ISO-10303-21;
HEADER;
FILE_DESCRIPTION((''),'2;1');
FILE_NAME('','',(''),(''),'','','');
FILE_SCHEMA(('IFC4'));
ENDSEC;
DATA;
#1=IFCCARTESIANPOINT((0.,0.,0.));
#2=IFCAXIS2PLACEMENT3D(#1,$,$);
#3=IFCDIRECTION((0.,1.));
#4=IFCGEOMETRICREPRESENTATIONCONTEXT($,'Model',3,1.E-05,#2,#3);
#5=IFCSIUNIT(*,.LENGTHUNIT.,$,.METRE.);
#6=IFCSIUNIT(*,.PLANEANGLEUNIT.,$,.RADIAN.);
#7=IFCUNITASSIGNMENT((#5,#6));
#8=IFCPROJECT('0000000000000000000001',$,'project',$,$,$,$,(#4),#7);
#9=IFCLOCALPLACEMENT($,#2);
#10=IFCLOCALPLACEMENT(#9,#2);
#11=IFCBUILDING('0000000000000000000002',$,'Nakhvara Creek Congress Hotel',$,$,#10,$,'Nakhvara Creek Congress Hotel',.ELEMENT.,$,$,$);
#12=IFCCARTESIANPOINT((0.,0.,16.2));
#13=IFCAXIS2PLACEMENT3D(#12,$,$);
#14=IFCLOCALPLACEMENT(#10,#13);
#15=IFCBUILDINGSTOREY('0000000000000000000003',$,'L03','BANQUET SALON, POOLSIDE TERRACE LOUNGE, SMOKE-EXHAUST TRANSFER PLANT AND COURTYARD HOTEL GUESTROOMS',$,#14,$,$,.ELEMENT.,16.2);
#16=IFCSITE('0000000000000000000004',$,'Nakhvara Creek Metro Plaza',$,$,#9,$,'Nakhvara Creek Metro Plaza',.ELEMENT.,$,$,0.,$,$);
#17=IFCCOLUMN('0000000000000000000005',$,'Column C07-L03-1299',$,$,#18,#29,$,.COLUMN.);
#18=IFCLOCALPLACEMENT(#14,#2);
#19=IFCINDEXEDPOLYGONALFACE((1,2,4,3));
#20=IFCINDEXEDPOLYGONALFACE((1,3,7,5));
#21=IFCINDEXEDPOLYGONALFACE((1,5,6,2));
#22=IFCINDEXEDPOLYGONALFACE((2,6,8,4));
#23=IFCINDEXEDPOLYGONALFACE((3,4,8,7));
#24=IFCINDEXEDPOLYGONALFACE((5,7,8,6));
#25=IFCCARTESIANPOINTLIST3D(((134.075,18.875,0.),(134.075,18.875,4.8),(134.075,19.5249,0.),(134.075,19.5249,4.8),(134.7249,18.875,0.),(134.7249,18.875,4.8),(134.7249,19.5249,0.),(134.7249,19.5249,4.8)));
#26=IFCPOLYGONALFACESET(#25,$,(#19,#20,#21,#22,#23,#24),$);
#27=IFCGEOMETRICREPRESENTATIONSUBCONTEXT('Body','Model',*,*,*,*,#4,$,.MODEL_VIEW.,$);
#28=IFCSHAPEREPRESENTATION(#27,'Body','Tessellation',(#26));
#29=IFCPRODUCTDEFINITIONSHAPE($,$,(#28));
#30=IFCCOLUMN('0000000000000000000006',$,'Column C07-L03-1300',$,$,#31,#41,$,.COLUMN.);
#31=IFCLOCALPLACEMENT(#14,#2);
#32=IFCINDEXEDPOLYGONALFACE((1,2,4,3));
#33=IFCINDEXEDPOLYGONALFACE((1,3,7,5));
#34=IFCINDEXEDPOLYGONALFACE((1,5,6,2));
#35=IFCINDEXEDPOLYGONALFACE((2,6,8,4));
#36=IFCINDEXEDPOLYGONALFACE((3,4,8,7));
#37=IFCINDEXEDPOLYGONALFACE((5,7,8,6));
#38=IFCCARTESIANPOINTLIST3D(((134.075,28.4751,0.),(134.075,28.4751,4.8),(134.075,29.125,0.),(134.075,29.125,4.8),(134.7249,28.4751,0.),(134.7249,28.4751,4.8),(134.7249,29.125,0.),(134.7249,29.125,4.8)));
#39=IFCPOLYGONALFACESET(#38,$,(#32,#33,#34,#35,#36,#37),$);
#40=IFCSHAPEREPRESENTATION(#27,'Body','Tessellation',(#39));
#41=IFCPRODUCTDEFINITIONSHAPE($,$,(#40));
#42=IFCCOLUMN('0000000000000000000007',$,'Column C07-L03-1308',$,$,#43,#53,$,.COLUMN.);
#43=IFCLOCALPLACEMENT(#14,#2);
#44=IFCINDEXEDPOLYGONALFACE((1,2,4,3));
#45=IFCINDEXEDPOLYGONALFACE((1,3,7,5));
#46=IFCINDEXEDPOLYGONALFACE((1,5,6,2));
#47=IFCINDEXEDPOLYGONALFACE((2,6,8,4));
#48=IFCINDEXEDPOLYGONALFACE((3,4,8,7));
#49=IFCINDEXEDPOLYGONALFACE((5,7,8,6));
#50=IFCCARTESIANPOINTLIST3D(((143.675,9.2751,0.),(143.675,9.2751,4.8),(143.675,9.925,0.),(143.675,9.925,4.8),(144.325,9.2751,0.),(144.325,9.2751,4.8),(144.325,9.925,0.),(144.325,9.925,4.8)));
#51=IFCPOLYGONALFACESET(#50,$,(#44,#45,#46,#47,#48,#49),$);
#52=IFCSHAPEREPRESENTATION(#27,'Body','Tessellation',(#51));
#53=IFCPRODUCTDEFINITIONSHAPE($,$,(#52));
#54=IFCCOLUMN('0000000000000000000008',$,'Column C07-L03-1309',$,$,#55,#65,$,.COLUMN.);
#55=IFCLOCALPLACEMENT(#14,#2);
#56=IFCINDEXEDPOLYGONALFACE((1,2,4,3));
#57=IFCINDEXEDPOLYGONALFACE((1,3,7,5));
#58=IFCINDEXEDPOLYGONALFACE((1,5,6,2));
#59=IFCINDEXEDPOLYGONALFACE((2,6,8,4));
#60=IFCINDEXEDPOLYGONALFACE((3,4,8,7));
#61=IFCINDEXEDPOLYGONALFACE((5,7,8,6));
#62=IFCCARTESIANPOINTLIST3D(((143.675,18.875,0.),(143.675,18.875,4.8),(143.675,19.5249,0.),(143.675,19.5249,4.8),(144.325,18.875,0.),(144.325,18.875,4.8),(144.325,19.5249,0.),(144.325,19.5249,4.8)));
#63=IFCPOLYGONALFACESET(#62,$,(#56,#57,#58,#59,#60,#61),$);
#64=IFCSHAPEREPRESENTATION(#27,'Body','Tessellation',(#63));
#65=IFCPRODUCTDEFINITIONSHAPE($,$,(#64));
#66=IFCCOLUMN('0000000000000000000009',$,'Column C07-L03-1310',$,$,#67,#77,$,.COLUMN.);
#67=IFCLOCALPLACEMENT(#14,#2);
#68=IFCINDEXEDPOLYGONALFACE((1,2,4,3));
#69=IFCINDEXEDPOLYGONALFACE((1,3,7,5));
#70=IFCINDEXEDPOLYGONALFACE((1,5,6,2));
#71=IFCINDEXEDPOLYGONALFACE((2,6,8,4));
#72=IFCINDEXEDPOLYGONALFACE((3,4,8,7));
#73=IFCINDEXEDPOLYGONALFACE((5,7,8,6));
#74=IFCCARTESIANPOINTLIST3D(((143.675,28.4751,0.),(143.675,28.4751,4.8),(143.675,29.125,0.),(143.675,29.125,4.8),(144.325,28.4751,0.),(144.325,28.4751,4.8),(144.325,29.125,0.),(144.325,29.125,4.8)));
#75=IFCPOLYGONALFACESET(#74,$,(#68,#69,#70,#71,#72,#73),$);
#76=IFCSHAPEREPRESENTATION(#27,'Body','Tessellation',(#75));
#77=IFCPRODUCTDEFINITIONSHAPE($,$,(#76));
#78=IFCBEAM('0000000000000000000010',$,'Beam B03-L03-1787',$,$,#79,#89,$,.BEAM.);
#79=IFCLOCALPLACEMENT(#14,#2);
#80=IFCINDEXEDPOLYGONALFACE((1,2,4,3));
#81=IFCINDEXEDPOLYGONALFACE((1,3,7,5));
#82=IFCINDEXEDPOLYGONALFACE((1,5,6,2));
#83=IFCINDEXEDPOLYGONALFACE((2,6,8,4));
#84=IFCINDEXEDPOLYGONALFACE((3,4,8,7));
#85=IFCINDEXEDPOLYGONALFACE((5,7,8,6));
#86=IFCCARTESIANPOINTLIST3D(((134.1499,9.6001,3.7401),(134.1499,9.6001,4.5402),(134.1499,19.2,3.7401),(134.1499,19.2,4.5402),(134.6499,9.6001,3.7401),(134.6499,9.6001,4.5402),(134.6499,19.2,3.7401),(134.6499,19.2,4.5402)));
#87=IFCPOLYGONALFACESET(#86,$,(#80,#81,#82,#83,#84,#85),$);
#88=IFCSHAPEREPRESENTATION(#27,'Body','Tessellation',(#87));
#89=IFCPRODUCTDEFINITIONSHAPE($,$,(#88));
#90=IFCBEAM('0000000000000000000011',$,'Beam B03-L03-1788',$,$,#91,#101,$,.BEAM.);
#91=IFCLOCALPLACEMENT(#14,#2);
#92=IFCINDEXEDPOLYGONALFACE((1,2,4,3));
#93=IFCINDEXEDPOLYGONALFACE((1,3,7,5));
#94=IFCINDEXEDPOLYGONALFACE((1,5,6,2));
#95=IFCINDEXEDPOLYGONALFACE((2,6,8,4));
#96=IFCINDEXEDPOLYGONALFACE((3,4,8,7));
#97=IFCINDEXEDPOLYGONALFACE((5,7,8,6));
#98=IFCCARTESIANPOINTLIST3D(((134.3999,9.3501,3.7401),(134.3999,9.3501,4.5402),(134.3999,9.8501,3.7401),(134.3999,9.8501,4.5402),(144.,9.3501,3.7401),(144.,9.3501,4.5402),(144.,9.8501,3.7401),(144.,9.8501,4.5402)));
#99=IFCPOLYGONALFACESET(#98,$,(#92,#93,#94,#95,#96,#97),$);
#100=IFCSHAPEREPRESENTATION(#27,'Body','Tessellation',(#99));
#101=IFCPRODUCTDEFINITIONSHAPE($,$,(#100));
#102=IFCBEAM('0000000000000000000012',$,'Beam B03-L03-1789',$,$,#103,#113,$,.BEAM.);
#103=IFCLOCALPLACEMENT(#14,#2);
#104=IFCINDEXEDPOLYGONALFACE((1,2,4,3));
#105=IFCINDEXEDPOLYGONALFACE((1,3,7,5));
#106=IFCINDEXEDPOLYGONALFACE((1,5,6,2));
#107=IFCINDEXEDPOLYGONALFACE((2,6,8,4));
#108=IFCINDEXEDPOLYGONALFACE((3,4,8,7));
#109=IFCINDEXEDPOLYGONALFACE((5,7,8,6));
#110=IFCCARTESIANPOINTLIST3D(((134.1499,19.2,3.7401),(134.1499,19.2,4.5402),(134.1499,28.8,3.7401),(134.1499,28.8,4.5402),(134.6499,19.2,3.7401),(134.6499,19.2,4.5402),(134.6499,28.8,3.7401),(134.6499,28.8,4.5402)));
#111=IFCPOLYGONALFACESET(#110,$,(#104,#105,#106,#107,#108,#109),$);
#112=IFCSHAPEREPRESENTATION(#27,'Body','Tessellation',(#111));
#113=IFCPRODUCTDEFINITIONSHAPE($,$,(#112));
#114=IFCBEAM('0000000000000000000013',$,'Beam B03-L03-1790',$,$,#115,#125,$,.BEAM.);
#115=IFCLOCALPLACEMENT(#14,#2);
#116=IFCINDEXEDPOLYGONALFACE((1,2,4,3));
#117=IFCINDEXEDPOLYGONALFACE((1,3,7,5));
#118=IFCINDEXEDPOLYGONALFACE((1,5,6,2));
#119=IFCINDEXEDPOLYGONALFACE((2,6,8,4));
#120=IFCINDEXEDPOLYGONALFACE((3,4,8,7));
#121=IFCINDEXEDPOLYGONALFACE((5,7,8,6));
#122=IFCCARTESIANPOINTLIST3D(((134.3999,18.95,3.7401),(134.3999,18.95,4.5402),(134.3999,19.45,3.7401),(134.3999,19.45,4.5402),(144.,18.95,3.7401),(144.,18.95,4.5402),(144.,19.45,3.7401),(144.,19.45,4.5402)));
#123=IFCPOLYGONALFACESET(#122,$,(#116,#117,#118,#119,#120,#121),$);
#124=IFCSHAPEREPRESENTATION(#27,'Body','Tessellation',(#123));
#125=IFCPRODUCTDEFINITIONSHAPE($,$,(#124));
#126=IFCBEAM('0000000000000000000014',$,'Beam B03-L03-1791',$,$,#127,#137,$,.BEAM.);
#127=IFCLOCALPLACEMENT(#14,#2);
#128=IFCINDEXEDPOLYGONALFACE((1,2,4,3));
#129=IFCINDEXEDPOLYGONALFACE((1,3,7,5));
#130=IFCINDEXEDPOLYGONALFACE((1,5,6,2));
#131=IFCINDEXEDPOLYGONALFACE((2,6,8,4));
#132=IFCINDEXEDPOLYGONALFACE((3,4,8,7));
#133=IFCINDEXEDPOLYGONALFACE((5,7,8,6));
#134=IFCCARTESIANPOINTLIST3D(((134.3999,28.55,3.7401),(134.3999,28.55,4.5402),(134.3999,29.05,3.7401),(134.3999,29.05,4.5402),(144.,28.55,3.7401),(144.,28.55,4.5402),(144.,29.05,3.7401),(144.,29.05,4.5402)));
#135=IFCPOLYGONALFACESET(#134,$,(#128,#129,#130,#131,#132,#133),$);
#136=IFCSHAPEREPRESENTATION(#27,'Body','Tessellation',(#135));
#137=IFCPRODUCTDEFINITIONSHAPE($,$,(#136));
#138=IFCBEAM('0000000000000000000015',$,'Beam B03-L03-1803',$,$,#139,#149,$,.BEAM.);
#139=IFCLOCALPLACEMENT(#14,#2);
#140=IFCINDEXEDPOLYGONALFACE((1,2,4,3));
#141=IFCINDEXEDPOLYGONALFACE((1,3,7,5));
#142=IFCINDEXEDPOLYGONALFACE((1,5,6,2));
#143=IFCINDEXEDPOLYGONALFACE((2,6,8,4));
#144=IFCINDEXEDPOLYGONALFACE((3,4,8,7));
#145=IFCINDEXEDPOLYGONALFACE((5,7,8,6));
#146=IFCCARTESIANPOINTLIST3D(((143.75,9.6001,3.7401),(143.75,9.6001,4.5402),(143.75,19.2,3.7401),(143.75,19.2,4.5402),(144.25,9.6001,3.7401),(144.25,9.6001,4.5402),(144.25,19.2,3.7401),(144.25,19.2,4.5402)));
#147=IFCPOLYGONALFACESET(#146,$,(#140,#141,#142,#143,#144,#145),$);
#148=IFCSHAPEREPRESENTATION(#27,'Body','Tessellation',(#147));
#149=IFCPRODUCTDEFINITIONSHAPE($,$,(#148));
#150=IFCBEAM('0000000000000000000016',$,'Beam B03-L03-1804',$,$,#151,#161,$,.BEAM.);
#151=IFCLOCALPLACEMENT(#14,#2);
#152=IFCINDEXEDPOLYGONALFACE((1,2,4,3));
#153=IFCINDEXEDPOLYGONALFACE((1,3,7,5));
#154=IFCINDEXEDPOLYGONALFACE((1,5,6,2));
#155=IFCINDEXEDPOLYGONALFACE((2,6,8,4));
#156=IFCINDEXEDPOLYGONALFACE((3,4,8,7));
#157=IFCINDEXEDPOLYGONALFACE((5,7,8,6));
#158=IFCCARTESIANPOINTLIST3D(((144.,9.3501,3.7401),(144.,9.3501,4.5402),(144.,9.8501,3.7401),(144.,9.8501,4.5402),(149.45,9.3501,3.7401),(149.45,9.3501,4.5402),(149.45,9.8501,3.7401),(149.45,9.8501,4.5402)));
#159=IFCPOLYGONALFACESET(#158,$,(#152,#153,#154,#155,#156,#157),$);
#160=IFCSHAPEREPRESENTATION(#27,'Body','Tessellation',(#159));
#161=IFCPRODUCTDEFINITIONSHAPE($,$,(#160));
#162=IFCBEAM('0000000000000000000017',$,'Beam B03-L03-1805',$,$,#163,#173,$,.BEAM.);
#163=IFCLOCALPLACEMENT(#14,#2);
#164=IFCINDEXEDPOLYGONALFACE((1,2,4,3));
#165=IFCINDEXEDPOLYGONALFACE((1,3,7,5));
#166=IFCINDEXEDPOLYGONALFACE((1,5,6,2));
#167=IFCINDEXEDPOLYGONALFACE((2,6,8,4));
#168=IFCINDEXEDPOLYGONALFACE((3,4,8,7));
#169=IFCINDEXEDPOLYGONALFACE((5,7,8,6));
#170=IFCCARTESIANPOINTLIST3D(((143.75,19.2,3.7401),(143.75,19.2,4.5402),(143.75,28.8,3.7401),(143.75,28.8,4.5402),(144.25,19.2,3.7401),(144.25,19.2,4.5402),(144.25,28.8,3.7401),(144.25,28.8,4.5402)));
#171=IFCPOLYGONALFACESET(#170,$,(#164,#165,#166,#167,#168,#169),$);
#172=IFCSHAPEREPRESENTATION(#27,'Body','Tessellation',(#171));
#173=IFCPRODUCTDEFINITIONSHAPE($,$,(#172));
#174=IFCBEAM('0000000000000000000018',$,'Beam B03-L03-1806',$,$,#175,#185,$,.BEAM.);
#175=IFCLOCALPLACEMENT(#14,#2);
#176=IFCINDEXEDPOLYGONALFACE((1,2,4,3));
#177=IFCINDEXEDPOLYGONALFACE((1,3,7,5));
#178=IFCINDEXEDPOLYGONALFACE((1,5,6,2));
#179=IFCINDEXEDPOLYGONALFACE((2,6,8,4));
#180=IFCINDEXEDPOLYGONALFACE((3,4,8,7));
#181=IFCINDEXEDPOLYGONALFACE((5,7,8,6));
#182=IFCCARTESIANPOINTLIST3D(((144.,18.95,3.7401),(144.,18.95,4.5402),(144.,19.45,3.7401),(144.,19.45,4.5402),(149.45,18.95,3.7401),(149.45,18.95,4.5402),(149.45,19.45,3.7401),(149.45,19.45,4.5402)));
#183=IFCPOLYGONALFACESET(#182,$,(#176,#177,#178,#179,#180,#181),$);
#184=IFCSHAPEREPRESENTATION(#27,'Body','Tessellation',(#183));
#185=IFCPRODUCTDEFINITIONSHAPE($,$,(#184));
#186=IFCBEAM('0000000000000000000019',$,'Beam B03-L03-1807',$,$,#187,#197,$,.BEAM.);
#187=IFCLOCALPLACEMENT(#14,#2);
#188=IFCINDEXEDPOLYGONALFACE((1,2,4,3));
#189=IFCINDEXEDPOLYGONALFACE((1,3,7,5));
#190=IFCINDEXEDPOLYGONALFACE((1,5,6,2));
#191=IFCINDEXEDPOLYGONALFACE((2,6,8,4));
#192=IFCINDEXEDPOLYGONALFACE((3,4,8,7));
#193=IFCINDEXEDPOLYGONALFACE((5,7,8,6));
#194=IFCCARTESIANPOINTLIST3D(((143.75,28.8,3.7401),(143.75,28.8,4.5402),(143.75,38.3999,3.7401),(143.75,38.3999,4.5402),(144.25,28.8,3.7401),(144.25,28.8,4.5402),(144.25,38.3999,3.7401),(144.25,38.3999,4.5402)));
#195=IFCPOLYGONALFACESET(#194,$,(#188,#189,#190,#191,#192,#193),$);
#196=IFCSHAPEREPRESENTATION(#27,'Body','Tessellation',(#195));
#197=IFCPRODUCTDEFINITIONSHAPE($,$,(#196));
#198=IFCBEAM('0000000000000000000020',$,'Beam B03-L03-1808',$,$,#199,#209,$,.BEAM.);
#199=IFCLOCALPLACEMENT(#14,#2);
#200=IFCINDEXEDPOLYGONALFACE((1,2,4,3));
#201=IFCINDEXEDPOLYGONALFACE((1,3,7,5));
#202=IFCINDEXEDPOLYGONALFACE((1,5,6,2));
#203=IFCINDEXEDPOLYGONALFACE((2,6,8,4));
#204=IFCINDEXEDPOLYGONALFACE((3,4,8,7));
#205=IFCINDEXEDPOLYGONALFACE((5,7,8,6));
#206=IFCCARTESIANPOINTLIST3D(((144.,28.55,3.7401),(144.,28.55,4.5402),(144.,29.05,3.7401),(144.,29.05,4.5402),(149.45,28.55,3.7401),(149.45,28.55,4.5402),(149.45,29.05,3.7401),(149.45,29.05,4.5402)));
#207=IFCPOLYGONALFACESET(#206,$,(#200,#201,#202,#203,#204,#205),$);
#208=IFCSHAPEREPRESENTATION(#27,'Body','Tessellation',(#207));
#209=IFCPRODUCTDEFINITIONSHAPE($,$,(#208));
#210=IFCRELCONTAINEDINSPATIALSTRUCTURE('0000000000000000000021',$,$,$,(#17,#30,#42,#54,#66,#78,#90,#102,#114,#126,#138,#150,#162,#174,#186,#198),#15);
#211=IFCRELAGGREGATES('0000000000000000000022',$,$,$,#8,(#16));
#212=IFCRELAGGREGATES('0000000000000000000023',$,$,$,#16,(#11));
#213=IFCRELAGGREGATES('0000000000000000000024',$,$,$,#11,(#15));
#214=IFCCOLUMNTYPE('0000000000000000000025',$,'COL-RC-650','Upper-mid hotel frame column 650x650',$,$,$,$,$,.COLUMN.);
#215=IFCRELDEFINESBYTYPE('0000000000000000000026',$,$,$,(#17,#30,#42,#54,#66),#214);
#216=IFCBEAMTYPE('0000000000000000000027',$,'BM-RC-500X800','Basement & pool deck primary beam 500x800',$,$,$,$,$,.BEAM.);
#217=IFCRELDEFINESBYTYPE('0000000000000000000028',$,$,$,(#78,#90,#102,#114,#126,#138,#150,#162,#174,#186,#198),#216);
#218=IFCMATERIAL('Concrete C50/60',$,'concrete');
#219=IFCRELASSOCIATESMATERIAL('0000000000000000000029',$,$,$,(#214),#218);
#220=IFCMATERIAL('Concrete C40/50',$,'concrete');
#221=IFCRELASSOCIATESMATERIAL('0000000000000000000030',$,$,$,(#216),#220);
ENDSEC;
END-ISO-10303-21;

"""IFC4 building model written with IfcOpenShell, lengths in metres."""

from ifc_helpers import new_model, si_unit, direction, frame, origin, origin_2d, place, context, subcontext, project, spatial, rectangle, extrude, material, material_profile, profile_set, type_object, element, save


model = new_model("IFC4")

# Units and contexts
model_context = context("Model", 3, precision=1e-05, world=origin(), true_north=direction((0.0, 1.0)))
body_context = subcontext(model_context, "Body", "Model", "MODEL_VIEW")
ifc_project = project(units=[si_unit("LENGTHUNIT", "METRE"), si_unit("PLANEANGLEUNIT", "RADIAN")], contexts=[model_context])

# Site, building, storey
site_placement = place(None, origin())
site = spatial("IfcSite", under=ifc_project, at=site_placement, Name="Nakhvara Creek Metro Plaza", LongName="Nakhvara Creek Metro Plaza", CompositionType="ELEMENT", RefElevation=0.0)
building_placement = place(site_placement, origin())
building = spatial("IfcBuilding", under=site, at=building_placement, Name="Nakhvara Creek Congress Hotel", LongName="Nakhvara Creek Congress Hotel", CompositionType="ELEMENT")
storey_placement = place(building_placement, frame((0.0, 0.0, 16.2)))
storey = spatial("IfcBuildingStorey", under=building, at=storey_placement, Name="L03", Description="BANQUET SALON, POOLSIDE TERRACE LOUNGE, SMOKE-EXHAUST TRANSFER PLANT AND COURTYARD HOTEL GUESTROOMS", CompositionType="ELEMENT", Elevation=16.2)

# Columns
ifc_material_1 = material(Name="Concrete C50/60", Category="concrete")
ifc_material_profile_1 = material_profile(ifc_material_1, rectangle(XDim=0.6499, YDim=0.6499, at=origin_2d()), Name="RC-COL 650x650", Category="LoadBearing")
ifc_profile_set_1 = profile_set([ifc_material_profile_1], Name="Concrete C50/60")
column_type = type_object("IfcColumnType", Name="COL-RC-650", Description="Upper-mid hotel frame column 650x650", PredefinedType="COLUMN", material=ifc_profile_set_1)
for number, where, z_axis, x_axis, name in (
    (1, (134.3999, 19.2, 0.0), (0.0, 0.0, 1.0), (1.0, 0.0, 0.0), "Column C07-L03-1299"),
    (2, (134.3999, 28.8, 0.0), (0.0, 0.0, 1.0), (1.0, 0.0, 0.0), "Column C07-L03-1300"),
    (3, (144.0, 9.6001, 0.0), (0.0, 0.0, 1.0), (1.0, 0.0, 0.0), "Column C07-L03-1308"),
    (4, (144.0, 19.2, 0.0), (0.0, 0.0, 1.0), (1.0, 0.0, 0.0), "Column C07-L03-1309"),
    (5, (144.0, 28.8, 0.0), (0.0, 0.0, 1.0), (1.0, 0.0, 0.0), "Column C07-L03-1310"),
):
    element("IfcColumn", number, at=place(storey_placement, frame(where, z_axis=z_axis, x_axis=x_axis)), inside=storey, type_object=column_type, Name=name, PredefinedType="COLUMN", context=body_context, shape_type="SweptSolid", body=[
        extrude(rectangle(XDim=0.6499, YDim=0.6499, at=origin_2d()), origin(), (0.0, 0.0, 1.0), 4.8),
    ])

# Beams
ifc_material_2 = material(Name="Concrete C40/50", Category="concrete")
ifc_material_profile_2 = material_profile(ifc_material_2, rectangle(XDim=0.5, YDim=0.8, at=origin_2d()), Name="RC-BM 500x800", Category="LoadBearing")
ifc_profile_set_2 = profile_set([ifc_material_profile_2], Name="Concrete C40/50")
beam_type = type_object("IfcBeamType", Name="BM-RC-500X800", Description="Basement & pool deck primary beam 500x800", PredefinedType="BEAM", material=ifc_profile_set_2)
beam_1_placement = place(storey_placement, frame((134.3999, 9.6001, 4.1401), z_axis=(0.0, 1.0, 0.0), x_axis=(-1.0, 0.0, 0.0)))
element("IfcBeam", 6, at=beam_1_placement, inside=storey, type_object=beam_type, Name="Beam B03-L03-1787", PredefinedType="BEAM", context=body_context, shape_type="SweptSolid", body=[
    extrude(rectangle(XDim=0.5, YDim=0.8, at=origin_2d()), origin(), (0.0, 0.0, 1.0), 9.5999),
])
for number, where, z_axis, x_axis, name in (
    (7, (134.3999, 9.6001, 4.1401), (1.0, 0.0, 0.0), (0.0, 1.0, 0.0), "Beam B03-L03-1788"),
    (8, (134.3999, 19.2, 4.1401), (0.0, 1.0, 0.0), (-1.0, 0.0, 0.0), "Beam B03-L03-1789"),
    (9, (134.3999, 19.2, 4.1401), (1.0, 0.0, 0.0), (0.0, 1.0, 0.0), "Beam B03-L03-1790"),
    (10, (134.3999, 28.8, 4.1401), (1.0, 0.0, 0.0), (0.0, 1.0, 0.0), "Beam B03-L03-1791"),
):
    element("IfcBeam", number, at=place(storey_placement, frame(where, z_axis=z_axis, x_axis=x_axis)), inside=storey, type_object=beam_type, Name=name, PredefinedType="BEAM", context=body_context, shape_type="SweptSolid", body=[
        extrude(rectangle(XDim=0.5, YDim=0.8, at=origin_2d()), origin(), (0.0, 0.0, 1.0), 9.6001),
    ])
beam_2_placement = place(storey_placement, frame((144.0, 9.6001, 4.1401), z_axis=(0.0, 1.0, 0.0), x_axis=(-1.0, 0.0, 0.0)))
element("IfcBeam", 11, at=beam_2_placement, inside=storey, type_object=beam_type, Name="Beam B03-L03-1803", PredefinedType="BEAM", context=body_context, shape_type="SweptSolid", body=[
    extrude(rectangle(XDim=0.5, YDim=0.8, at=origin_2d()), origin(), (0.0, 0.0, 1.0), 9.5999),
])
beam_3_placement = place(storey_placement, frame((144.0, 9.6001, 4.1401), z_axis=(1.0, 0.0, 0.0), x_axis=(0.0, 1.0, 0.0)))
element("IfcBeam", 12, at=beam_3_placement, inside=storey, type_object=beam_type, Name="Beam B03-L03-1804", PredefinedType="BEAM", context=body_context, shape_type="SweptSolid", body=[
    extrude(rectangle(XDim=0.5, YDim=0.8, at=origin_2d()), origin(), (0.0, 0.0, 1.0), 5.45),
])
beam_4_placement = place(storey_placement, frame((144.0, 19.2, 4.1401), z_axis=(0.0, 1.0, 0.0), x_axis=(-1.0, 0.0, 0.0)))
element("IfcBeam", 13, at=beam_4_placement, inside=storey, type_object=beam_type, Name="Beam B03-L03-1805", PredefinedType="BEAM", context=body_context, shape_type="SweptSolid", body=[
    extrude(rectangle(XDim=0.5, YDim=0.8, at=origin_2d()), origin(), (0.0, 0.0, 1.0), 9.6001),
])
beam_5_placement = place(storey_placement, frame((144.0, 19.2, 4.1401), z_axis=(1.0, 0.0, 0.0), x_axis=(0.0, 1.0, 0.0)))
element("IfcBeam", 14, at=beam_5_placement, inside=storey, type_object=beam_type, Name="Beam B03-L03-1806", PredefinedType="BEAM", context=body_context, shape_type="SweptSolid", body=[
    extrude(rectangle(XDim=0.5, YDim=0.8, at=origin_2d()), origin(), (0.0, 0.0, 1.0), 5.45),
])
beam_6_placement = place(storey_placement, frame((144.0, 28.8, 4.1401), z_axis=(0.0, 1.0, 0.0), x_axis=(-1.0, 0.0, 0.0)))
element("IfcBeam", 15, at=beam_6_placement, inside=storey, type_object=beam_type, Name="Beam B03-L03-1807", PredefinedType="BEAM", context=body_context, shape_type="SweptSolid", body=[
    extrude(rectangle(XDim=0.5, YDim=0.8, at=origin_2d()), origin(), (0.0, 0.0, 1.0), 9.5999),
])
beam_7_placement = place(storey_placement, frame((144.0, 28.8, 4.1401), z_axis=(1.0, 0.0, 0.0), x_axis=(0.0, 1.0, 0.0)))
element("IfcBeam", 16, at=beam_7_placement, inside=storey, type_object=beam_type, Name="Beam B03-L03-1808", PredefinedType="BEAM", context=body_context, shape_type="SweptSolid", body=[
    extrude(rectangle(XDim=0.5, YDim=0.8, at=origin_2d()), origin(), (0.0, 0.0, 1.0), 5.45),
])

save(model, "model.ifc")
